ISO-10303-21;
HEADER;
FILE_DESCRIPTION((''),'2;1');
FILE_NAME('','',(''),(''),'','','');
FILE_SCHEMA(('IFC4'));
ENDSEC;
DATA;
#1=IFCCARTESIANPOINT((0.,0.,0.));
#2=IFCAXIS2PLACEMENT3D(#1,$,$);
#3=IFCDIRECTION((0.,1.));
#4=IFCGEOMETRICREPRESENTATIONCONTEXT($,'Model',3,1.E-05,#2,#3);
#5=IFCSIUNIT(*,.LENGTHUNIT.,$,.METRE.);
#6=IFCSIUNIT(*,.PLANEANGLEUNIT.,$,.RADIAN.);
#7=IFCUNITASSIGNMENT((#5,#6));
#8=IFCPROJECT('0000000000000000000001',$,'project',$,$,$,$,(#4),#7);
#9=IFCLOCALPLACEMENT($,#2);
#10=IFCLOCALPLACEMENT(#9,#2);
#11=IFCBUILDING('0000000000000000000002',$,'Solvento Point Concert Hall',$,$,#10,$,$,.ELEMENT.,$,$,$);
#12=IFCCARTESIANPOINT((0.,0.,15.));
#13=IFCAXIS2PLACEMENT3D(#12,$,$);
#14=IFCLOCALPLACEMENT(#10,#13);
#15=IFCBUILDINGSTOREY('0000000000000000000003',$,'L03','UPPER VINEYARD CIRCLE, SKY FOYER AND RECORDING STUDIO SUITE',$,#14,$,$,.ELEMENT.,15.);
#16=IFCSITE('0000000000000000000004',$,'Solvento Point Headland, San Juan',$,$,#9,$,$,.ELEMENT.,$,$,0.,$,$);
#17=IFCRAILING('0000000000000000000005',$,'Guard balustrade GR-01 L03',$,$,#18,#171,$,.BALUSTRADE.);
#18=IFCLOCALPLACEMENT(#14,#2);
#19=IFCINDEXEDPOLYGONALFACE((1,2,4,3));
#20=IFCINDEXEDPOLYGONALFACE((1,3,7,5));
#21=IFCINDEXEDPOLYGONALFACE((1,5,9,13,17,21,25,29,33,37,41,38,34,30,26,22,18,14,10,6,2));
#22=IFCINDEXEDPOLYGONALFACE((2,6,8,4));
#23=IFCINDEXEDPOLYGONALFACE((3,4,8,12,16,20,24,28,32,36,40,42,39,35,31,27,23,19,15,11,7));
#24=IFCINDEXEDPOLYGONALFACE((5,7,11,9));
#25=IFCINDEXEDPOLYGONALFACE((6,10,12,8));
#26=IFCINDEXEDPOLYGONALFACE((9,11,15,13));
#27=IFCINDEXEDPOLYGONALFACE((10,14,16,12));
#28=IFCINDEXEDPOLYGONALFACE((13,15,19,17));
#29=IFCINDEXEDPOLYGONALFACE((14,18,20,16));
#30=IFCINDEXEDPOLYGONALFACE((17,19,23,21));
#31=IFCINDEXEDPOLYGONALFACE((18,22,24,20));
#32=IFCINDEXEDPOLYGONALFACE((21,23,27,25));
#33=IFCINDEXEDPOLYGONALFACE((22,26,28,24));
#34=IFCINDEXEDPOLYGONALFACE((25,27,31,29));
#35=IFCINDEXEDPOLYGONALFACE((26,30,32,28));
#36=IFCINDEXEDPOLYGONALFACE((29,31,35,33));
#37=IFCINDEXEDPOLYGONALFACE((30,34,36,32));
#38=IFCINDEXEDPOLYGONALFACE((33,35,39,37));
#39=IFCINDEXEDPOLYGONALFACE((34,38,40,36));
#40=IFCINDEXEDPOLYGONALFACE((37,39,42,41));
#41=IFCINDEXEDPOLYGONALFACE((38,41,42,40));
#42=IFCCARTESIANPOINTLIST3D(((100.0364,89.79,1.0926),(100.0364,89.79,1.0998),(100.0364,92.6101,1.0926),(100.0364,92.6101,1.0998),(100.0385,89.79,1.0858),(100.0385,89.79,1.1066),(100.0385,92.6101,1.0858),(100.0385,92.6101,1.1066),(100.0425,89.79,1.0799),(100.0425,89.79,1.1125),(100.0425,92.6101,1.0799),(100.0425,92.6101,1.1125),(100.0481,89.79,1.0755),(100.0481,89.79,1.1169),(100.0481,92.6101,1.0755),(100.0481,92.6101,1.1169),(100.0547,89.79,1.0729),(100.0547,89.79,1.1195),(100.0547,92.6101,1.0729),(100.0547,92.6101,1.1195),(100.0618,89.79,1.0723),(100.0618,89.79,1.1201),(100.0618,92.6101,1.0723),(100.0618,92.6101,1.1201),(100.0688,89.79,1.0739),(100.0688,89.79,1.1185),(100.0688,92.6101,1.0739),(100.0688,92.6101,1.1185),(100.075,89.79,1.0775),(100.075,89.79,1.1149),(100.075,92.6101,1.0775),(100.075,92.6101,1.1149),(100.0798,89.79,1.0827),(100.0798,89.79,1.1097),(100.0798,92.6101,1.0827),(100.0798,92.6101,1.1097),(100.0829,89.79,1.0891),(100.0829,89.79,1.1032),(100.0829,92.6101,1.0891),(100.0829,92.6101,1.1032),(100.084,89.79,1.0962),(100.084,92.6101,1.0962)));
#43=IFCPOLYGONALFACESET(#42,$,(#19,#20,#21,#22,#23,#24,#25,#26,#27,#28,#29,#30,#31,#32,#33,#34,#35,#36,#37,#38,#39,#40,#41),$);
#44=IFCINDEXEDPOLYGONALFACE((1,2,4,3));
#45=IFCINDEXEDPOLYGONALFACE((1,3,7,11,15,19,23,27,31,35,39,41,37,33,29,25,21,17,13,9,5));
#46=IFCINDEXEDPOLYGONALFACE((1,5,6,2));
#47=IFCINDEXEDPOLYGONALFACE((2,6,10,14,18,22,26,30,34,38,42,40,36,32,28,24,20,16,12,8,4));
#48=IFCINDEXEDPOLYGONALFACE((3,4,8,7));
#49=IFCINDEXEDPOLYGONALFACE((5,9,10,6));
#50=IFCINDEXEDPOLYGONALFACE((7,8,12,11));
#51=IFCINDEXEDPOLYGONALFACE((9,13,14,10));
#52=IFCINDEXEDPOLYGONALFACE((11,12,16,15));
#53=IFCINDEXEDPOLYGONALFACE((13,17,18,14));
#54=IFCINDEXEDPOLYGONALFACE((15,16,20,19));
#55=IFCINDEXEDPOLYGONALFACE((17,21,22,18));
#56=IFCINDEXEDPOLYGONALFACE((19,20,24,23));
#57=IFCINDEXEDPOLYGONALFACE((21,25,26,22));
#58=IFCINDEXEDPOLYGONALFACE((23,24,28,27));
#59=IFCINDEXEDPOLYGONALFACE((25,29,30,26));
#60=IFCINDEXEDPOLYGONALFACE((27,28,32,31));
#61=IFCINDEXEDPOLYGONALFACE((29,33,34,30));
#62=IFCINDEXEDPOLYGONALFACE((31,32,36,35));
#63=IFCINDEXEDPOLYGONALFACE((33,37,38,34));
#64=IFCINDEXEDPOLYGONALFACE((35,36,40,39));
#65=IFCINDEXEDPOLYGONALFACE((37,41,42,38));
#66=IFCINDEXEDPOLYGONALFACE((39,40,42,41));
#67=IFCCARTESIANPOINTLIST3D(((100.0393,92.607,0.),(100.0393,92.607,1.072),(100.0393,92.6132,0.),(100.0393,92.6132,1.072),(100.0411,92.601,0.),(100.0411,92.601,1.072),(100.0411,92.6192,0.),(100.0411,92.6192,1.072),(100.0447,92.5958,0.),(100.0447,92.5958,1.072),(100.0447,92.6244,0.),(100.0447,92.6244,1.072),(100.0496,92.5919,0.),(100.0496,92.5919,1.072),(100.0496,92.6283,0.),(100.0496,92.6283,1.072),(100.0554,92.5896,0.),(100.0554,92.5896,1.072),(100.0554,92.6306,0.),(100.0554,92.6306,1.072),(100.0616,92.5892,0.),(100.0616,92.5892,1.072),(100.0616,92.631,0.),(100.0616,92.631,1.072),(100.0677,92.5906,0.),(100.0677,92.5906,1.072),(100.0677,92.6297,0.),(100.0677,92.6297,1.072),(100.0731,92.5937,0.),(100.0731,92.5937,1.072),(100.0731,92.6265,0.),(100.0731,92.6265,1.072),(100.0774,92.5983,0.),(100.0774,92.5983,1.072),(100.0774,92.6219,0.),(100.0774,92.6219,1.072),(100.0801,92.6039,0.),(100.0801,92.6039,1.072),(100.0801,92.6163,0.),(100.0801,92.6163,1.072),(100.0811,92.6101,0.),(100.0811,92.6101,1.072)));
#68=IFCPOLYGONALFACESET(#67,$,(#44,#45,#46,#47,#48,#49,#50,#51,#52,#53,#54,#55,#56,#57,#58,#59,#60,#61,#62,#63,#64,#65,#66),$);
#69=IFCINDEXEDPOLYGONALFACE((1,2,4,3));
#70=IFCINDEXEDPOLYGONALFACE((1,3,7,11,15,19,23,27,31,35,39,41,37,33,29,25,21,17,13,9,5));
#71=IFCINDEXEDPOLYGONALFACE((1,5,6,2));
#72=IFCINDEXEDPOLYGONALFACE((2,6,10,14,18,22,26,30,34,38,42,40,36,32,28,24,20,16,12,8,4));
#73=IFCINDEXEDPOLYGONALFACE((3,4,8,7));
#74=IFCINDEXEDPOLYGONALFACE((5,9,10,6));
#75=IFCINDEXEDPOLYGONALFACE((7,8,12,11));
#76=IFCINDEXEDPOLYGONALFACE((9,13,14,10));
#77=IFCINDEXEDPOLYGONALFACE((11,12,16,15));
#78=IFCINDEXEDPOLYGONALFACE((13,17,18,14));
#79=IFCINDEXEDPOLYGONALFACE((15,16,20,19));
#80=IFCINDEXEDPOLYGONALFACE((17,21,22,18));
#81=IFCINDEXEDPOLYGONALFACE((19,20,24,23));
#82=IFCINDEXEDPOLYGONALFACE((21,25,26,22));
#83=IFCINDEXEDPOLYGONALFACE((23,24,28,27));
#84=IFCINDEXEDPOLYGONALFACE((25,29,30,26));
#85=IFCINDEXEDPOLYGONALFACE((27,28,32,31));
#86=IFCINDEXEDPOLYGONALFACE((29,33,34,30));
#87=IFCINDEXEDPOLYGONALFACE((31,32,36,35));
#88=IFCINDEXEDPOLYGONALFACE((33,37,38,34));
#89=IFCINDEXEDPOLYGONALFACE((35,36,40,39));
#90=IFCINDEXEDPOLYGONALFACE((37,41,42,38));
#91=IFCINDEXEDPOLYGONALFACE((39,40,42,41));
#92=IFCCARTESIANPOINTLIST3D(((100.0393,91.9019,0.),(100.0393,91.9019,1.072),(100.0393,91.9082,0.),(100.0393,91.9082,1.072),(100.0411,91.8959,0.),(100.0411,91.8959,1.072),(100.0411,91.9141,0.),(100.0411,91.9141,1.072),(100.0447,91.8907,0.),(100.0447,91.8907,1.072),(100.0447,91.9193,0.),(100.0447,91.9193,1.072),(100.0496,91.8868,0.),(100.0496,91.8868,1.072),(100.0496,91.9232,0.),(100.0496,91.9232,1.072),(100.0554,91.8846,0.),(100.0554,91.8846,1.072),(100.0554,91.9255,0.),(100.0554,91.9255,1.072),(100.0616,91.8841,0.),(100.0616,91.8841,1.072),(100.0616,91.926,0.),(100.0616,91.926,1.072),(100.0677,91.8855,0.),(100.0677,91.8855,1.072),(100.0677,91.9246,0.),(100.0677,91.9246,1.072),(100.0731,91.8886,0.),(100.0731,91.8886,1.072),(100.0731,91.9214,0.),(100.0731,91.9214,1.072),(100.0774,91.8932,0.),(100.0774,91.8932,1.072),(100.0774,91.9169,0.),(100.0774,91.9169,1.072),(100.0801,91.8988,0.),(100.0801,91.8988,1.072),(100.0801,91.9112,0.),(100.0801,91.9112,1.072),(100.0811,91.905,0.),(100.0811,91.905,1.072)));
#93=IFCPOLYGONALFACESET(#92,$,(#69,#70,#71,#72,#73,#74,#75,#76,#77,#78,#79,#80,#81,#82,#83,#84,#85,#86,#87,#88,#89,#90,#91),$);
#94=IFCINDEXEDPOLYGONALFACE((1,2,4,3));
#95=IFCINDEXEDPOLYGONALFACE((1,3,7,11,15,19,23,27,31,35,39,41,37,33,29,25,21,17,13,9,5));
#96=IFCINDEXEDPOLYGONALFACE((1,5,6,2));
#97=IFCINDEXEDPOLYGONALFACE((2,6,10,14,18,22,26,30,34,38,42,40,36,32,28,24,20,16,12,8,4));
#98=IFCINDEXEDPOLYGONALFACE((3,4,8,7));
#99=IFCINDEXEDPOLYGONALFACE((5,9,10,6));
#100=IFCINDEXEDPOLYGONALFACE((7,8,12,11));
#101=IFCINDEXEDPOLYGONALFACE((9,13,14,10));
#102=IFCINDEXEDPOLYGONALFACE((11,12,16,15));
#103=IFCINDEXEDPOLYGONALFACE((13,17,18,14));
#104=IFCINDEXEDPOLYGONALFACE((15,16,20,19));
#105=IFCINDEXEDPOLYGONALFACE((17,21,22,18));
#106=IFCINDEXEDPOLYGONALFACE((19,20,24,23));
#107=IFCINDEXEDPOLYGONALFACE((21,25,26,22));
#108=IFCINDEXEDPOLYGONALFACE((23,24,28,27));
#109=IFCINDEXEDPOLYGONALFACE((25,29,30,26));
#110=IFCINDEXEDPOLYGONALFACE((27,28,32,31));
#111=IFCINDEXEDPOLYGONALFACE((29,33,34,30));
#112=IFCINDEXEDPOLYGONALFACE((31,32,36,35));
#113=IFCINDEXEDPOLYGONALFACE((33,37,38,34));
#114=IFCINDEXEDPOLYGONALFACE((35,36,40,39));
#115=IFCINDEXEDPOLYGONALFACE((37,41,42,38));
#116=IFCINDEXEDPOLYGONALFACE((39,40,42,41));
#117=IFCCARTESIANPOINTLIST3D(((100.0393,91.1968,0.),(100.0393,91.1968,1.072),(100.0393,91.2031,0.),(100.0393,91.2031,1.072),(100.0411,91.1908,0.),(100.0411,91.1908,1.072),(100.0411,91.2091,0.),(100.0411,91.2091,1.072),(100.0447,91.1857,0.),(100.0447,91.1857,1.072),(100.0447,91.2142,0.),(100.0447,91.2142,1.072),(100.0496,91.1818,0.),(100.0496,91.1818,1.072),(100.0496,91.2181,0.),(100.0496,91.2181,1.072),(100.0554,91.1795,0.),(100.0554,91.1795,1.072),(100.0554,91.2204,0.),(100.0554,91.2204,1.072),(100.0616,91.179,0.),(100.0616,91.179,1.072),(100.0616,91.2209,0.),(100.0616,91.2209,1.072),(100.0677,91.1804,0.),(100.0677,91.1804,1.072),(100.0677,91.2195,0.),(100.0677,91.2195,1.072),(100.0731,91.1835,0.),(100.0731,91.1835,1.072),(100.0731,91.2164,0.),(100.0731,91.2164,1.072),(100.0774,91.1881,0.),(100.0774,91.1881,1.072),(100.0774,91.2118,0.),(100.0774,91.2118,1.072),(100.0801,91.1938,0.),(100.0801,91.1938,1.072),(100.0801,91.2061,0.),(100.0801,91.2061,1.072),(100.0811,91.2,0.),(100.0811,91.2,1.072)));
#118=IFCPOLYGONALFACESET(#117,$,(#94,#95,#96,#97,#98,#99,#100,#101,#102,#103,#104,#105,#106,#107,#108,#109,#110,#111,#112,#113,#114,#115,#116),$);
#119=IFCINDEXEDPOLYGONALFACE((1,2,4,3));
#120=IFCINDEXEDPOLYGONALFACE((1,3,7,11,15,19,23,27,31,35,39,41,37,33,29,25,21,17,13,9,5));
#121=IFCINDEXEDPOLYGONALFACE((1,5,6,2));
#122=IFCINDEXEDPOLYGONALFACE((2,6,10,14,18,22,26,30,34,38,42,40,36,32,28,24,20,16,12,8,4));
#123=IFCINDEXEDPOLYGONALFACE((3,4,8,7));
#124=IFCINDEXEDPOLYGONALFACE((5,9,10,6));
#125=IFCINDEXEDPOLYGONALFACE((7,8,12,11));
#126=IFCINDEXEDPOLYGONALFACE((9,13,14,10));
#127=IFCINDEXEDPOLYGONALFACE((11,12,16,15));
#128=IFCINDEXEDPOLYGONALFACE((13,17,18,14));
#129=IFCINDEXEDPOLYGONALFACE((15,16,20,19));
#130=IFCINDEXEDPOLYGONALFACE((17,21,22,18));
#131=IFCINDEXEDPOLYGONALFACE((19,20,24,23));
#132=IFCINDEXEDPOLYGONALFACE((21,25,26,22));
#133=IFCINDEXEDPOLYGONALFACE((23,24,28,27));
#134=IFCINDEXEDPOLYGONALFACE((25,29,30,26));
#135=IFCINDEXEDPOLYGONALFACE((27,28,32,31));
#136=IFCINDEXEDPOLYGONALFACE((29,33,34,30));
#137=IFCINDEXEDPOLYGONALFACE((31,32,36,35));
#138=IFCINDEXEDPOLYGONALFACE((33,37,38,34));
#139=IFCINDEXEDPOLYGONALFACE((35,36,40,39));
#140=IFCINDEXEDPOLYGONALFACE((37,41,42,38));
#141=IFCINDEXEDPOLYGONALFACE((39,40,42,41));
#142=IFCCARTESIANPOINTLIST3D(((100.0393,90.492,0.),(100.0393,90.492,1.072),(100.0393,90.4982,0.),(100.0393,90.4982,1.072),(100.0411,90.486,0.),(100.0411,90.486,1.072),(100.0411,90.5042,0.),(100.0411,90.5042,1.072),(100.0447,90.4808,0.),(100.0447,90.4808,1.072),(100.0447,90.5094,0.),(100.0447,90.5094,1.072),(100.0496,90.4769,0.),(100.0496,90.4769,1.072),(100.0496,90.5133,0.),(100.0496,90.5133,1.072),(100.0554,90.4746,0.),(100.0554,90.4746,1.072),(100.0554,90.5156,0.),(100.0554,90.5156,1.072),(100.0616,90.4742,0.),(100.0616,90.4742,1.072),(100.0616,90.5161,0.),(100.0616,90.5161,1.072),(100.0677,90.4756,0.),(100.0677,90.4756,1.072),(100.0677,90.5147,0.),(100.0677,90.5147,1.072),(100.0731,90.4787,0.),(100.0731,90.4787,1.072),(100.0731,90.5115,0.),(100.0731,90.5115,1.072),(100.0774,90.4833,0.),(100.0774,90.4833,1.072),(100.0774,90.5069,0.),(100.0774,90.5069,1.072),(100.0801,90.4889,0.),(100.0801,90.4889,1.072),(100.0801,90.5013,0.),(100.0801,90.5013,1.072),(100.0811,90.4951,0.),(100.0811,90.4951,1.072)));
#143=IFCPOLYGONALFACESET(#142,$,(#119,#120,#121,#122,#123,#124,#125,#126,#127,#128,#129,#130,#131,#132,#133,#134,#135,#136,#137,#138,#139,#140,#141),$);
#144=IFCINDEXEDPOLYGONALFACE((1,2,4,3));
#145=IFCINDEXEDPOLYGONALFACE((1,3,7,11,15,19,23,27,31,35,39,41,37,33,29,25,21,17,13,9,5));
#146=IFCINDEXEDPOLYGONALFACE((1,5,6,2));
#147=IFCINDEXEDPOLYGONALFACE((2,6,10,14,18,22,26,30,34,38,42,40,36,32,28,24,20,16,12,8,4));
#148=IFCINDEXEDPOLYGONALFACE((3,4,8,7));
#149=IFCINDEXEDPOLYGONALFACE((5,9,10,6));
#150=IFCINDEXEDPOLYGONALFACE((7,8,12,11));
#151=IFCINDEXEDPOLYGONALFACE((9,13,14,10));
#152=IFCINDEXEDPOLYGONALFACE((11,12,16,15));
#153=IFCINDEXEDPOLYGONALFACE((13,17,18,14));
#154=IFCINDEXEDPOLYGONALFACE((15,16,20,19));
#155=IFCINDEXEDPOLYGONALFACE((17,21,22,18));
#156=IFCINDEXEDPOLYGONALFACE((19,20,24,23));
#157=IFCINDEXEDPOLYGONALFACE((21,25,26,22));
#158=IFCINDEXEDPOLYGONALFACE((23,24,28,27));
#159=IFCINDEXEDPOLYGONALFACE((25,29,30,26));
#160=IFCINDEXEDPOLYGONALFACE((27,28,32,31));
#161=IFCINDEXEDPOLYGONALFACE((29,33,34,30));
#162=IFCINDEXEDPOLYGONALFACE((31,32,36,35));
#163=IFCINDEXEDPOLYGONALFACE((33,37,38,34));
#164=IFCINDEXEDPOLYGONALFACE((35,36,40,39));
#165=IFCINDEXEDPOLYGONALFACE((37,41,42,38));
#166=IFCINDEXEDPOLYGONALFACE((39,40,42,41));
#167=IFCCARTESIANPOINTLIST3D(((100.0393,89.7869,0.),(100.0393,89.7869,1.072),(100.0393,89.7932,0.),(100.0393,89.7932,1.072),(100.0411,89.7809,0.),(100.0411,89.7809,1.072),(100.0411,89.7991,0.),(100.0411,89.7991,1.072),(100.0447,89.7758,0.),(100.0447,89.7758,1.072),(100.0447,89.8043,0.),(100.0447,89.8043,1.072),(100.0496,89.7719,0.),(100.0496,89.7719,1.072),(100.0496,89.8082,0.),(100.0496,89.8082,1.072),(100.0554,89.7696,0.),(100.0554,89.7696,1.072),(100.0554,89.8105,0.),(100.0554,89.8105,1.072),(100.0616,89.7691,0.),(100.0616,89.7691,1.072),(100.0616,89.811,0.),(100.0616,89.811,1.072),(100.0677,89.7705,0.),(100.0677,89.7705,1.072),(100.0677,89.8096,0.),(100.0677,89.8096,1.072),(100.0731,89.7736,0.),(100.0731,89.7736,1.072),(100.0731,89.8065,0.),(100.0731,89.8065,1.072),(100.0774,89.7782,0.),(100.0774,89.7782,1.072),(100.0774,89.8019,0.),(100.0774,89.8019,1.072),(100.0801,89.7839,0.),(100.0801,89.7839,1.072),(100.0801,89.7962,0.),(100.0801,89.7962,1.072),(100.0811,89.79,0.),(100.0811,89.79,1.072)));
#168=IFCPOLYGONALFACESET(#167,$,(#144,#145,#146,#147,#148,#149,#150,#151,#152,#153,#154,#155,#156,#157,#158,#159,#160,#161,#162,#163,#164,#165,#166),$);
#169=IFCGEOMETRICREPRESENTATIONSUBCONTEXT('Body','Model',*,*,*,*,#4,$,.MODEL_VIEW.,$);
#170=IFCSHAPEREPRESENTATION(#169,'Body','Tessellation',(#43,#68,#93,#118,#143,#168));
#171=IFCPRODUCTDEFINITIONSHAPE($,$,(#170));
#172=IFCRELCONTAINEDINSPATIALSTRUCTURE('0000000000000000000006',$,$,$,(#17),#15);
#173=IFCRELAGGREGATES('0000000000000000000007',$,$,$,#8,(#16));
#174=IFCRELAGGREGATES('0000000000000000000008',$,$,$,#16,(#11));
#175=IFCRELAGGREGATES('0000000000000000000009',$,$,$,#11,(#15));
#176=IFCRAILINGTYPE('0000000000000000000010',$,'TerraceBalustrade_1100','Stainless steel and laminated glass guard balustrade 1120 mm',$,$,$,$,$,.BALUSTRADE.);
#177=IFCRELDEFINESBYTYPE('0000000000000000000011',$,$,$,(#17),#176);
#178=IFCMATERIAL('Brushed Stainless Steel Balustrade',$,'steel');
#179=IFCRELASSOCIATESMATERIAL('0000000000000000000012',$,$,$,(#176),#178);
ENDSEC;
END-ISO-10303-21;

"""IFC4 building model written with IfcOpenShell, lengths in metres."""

from ifc_helpers import new_model, si_unit, direction, frame, origin, origin_2d, place, context, subcontext, project, spatial, circle, extrude, material, type_object, element, save


model = new_model("IFC4")

# Units and contexts
model_context = context("Model", 3, precision=1e-05, world=origin(), true_north=direction((0.0, 1.0)))
body_context = subcontext(model_context, "Body", "Model", "MODEL_VIEW")
ifc_project = project(units=[si_unit("LENGTHUNIT", "METRE"), si_unit("PLANEANGLEUNIT", "RADIAN")], contexts=[model_context])

# Site, building, storey
site_placement = place(None, origin())
site = spatial("IfcSite", under=ifc_project, at=site_placement, Name="Solvento Point Headland, San Juan", CompositionType="ELEMENT", RefElevation=0.0)
building_placement = place(site_placement, origin())
building = spatial("IfcBuilding", under=site, at=building_placement, Name="Solvento Point Concert Hall", CompositionType="ELEMENT")
storey_placement = place(building_placement, frame((0.0, 0.0, 15.0)))
storey = spatial("IfcBuildingStorey", under=building, at=storey_placement, Name="L03", Description="UPPER VINEYARD CIRCLE, SKY FOYER AND RECORDING STUDIO SUITE", CompositionType="ELEMENT", Elevation=15.0)

# Railing
ifc_material_1 = material(Name="Brushed Stainless Steel Balustrade", Category="steel")
railing_type = type_object("IfcRailingType", Name="TerraceBalustrade_1100", Description="Stainless steel and laminated glass guard balustrade 1120 mm", PredefinedType="BALUSTRADE", material=ifc_material_1)
railing_placement = place(storey_placement, frame((100.0601, 92.6101, 0.0)))
element("IfcRailing", 1, at=railing_placement, inside=storey, type_object=railing_type, Name="Guard balustrade GR-01 L03", PredefinedType="BALUSTRADE", context=body_context, shape_type="SweptSolid", body=[
    extrude(circle(Radius=0.0239, at=origin_2d()), frame((0.0, 0.0, 1.0962), z_axis=(0.0, -1.0, 0.0), x_axis=(1.0, 0.0, 0.0)), (0.0, 0.0, 1.0), 2.8201),
    extrude(circle(Radius=0.021, at=origin_2d()), origin(), (0.0, 0.0, 1.0), 1.072),
    extrude(circle(Radius=0.021, at=origin_2d()), frame((0.0, -0.7051, 0.0)), (0.0, 0.0, 1.0), 1.072),
    extrude(circle(Radius=0.021, at=origin_2d()), frame((0.0, -1.4102, 0.0)), (0.0, 0.0, 1.0), 1.072),
    extrude(circle(Radius=0.021, at=origin_2d()), frame((0.0, -2.115, 0.0)), (0.0, 0.0, 1.0), 1.072),
    extrude(circle(Radius=0.021, at=origin_2d()), frame((0.0, -2.8201, 0.0)), (0.0, 0.0, 1.0), 1.072),
])

save(model, "model.ifc")
